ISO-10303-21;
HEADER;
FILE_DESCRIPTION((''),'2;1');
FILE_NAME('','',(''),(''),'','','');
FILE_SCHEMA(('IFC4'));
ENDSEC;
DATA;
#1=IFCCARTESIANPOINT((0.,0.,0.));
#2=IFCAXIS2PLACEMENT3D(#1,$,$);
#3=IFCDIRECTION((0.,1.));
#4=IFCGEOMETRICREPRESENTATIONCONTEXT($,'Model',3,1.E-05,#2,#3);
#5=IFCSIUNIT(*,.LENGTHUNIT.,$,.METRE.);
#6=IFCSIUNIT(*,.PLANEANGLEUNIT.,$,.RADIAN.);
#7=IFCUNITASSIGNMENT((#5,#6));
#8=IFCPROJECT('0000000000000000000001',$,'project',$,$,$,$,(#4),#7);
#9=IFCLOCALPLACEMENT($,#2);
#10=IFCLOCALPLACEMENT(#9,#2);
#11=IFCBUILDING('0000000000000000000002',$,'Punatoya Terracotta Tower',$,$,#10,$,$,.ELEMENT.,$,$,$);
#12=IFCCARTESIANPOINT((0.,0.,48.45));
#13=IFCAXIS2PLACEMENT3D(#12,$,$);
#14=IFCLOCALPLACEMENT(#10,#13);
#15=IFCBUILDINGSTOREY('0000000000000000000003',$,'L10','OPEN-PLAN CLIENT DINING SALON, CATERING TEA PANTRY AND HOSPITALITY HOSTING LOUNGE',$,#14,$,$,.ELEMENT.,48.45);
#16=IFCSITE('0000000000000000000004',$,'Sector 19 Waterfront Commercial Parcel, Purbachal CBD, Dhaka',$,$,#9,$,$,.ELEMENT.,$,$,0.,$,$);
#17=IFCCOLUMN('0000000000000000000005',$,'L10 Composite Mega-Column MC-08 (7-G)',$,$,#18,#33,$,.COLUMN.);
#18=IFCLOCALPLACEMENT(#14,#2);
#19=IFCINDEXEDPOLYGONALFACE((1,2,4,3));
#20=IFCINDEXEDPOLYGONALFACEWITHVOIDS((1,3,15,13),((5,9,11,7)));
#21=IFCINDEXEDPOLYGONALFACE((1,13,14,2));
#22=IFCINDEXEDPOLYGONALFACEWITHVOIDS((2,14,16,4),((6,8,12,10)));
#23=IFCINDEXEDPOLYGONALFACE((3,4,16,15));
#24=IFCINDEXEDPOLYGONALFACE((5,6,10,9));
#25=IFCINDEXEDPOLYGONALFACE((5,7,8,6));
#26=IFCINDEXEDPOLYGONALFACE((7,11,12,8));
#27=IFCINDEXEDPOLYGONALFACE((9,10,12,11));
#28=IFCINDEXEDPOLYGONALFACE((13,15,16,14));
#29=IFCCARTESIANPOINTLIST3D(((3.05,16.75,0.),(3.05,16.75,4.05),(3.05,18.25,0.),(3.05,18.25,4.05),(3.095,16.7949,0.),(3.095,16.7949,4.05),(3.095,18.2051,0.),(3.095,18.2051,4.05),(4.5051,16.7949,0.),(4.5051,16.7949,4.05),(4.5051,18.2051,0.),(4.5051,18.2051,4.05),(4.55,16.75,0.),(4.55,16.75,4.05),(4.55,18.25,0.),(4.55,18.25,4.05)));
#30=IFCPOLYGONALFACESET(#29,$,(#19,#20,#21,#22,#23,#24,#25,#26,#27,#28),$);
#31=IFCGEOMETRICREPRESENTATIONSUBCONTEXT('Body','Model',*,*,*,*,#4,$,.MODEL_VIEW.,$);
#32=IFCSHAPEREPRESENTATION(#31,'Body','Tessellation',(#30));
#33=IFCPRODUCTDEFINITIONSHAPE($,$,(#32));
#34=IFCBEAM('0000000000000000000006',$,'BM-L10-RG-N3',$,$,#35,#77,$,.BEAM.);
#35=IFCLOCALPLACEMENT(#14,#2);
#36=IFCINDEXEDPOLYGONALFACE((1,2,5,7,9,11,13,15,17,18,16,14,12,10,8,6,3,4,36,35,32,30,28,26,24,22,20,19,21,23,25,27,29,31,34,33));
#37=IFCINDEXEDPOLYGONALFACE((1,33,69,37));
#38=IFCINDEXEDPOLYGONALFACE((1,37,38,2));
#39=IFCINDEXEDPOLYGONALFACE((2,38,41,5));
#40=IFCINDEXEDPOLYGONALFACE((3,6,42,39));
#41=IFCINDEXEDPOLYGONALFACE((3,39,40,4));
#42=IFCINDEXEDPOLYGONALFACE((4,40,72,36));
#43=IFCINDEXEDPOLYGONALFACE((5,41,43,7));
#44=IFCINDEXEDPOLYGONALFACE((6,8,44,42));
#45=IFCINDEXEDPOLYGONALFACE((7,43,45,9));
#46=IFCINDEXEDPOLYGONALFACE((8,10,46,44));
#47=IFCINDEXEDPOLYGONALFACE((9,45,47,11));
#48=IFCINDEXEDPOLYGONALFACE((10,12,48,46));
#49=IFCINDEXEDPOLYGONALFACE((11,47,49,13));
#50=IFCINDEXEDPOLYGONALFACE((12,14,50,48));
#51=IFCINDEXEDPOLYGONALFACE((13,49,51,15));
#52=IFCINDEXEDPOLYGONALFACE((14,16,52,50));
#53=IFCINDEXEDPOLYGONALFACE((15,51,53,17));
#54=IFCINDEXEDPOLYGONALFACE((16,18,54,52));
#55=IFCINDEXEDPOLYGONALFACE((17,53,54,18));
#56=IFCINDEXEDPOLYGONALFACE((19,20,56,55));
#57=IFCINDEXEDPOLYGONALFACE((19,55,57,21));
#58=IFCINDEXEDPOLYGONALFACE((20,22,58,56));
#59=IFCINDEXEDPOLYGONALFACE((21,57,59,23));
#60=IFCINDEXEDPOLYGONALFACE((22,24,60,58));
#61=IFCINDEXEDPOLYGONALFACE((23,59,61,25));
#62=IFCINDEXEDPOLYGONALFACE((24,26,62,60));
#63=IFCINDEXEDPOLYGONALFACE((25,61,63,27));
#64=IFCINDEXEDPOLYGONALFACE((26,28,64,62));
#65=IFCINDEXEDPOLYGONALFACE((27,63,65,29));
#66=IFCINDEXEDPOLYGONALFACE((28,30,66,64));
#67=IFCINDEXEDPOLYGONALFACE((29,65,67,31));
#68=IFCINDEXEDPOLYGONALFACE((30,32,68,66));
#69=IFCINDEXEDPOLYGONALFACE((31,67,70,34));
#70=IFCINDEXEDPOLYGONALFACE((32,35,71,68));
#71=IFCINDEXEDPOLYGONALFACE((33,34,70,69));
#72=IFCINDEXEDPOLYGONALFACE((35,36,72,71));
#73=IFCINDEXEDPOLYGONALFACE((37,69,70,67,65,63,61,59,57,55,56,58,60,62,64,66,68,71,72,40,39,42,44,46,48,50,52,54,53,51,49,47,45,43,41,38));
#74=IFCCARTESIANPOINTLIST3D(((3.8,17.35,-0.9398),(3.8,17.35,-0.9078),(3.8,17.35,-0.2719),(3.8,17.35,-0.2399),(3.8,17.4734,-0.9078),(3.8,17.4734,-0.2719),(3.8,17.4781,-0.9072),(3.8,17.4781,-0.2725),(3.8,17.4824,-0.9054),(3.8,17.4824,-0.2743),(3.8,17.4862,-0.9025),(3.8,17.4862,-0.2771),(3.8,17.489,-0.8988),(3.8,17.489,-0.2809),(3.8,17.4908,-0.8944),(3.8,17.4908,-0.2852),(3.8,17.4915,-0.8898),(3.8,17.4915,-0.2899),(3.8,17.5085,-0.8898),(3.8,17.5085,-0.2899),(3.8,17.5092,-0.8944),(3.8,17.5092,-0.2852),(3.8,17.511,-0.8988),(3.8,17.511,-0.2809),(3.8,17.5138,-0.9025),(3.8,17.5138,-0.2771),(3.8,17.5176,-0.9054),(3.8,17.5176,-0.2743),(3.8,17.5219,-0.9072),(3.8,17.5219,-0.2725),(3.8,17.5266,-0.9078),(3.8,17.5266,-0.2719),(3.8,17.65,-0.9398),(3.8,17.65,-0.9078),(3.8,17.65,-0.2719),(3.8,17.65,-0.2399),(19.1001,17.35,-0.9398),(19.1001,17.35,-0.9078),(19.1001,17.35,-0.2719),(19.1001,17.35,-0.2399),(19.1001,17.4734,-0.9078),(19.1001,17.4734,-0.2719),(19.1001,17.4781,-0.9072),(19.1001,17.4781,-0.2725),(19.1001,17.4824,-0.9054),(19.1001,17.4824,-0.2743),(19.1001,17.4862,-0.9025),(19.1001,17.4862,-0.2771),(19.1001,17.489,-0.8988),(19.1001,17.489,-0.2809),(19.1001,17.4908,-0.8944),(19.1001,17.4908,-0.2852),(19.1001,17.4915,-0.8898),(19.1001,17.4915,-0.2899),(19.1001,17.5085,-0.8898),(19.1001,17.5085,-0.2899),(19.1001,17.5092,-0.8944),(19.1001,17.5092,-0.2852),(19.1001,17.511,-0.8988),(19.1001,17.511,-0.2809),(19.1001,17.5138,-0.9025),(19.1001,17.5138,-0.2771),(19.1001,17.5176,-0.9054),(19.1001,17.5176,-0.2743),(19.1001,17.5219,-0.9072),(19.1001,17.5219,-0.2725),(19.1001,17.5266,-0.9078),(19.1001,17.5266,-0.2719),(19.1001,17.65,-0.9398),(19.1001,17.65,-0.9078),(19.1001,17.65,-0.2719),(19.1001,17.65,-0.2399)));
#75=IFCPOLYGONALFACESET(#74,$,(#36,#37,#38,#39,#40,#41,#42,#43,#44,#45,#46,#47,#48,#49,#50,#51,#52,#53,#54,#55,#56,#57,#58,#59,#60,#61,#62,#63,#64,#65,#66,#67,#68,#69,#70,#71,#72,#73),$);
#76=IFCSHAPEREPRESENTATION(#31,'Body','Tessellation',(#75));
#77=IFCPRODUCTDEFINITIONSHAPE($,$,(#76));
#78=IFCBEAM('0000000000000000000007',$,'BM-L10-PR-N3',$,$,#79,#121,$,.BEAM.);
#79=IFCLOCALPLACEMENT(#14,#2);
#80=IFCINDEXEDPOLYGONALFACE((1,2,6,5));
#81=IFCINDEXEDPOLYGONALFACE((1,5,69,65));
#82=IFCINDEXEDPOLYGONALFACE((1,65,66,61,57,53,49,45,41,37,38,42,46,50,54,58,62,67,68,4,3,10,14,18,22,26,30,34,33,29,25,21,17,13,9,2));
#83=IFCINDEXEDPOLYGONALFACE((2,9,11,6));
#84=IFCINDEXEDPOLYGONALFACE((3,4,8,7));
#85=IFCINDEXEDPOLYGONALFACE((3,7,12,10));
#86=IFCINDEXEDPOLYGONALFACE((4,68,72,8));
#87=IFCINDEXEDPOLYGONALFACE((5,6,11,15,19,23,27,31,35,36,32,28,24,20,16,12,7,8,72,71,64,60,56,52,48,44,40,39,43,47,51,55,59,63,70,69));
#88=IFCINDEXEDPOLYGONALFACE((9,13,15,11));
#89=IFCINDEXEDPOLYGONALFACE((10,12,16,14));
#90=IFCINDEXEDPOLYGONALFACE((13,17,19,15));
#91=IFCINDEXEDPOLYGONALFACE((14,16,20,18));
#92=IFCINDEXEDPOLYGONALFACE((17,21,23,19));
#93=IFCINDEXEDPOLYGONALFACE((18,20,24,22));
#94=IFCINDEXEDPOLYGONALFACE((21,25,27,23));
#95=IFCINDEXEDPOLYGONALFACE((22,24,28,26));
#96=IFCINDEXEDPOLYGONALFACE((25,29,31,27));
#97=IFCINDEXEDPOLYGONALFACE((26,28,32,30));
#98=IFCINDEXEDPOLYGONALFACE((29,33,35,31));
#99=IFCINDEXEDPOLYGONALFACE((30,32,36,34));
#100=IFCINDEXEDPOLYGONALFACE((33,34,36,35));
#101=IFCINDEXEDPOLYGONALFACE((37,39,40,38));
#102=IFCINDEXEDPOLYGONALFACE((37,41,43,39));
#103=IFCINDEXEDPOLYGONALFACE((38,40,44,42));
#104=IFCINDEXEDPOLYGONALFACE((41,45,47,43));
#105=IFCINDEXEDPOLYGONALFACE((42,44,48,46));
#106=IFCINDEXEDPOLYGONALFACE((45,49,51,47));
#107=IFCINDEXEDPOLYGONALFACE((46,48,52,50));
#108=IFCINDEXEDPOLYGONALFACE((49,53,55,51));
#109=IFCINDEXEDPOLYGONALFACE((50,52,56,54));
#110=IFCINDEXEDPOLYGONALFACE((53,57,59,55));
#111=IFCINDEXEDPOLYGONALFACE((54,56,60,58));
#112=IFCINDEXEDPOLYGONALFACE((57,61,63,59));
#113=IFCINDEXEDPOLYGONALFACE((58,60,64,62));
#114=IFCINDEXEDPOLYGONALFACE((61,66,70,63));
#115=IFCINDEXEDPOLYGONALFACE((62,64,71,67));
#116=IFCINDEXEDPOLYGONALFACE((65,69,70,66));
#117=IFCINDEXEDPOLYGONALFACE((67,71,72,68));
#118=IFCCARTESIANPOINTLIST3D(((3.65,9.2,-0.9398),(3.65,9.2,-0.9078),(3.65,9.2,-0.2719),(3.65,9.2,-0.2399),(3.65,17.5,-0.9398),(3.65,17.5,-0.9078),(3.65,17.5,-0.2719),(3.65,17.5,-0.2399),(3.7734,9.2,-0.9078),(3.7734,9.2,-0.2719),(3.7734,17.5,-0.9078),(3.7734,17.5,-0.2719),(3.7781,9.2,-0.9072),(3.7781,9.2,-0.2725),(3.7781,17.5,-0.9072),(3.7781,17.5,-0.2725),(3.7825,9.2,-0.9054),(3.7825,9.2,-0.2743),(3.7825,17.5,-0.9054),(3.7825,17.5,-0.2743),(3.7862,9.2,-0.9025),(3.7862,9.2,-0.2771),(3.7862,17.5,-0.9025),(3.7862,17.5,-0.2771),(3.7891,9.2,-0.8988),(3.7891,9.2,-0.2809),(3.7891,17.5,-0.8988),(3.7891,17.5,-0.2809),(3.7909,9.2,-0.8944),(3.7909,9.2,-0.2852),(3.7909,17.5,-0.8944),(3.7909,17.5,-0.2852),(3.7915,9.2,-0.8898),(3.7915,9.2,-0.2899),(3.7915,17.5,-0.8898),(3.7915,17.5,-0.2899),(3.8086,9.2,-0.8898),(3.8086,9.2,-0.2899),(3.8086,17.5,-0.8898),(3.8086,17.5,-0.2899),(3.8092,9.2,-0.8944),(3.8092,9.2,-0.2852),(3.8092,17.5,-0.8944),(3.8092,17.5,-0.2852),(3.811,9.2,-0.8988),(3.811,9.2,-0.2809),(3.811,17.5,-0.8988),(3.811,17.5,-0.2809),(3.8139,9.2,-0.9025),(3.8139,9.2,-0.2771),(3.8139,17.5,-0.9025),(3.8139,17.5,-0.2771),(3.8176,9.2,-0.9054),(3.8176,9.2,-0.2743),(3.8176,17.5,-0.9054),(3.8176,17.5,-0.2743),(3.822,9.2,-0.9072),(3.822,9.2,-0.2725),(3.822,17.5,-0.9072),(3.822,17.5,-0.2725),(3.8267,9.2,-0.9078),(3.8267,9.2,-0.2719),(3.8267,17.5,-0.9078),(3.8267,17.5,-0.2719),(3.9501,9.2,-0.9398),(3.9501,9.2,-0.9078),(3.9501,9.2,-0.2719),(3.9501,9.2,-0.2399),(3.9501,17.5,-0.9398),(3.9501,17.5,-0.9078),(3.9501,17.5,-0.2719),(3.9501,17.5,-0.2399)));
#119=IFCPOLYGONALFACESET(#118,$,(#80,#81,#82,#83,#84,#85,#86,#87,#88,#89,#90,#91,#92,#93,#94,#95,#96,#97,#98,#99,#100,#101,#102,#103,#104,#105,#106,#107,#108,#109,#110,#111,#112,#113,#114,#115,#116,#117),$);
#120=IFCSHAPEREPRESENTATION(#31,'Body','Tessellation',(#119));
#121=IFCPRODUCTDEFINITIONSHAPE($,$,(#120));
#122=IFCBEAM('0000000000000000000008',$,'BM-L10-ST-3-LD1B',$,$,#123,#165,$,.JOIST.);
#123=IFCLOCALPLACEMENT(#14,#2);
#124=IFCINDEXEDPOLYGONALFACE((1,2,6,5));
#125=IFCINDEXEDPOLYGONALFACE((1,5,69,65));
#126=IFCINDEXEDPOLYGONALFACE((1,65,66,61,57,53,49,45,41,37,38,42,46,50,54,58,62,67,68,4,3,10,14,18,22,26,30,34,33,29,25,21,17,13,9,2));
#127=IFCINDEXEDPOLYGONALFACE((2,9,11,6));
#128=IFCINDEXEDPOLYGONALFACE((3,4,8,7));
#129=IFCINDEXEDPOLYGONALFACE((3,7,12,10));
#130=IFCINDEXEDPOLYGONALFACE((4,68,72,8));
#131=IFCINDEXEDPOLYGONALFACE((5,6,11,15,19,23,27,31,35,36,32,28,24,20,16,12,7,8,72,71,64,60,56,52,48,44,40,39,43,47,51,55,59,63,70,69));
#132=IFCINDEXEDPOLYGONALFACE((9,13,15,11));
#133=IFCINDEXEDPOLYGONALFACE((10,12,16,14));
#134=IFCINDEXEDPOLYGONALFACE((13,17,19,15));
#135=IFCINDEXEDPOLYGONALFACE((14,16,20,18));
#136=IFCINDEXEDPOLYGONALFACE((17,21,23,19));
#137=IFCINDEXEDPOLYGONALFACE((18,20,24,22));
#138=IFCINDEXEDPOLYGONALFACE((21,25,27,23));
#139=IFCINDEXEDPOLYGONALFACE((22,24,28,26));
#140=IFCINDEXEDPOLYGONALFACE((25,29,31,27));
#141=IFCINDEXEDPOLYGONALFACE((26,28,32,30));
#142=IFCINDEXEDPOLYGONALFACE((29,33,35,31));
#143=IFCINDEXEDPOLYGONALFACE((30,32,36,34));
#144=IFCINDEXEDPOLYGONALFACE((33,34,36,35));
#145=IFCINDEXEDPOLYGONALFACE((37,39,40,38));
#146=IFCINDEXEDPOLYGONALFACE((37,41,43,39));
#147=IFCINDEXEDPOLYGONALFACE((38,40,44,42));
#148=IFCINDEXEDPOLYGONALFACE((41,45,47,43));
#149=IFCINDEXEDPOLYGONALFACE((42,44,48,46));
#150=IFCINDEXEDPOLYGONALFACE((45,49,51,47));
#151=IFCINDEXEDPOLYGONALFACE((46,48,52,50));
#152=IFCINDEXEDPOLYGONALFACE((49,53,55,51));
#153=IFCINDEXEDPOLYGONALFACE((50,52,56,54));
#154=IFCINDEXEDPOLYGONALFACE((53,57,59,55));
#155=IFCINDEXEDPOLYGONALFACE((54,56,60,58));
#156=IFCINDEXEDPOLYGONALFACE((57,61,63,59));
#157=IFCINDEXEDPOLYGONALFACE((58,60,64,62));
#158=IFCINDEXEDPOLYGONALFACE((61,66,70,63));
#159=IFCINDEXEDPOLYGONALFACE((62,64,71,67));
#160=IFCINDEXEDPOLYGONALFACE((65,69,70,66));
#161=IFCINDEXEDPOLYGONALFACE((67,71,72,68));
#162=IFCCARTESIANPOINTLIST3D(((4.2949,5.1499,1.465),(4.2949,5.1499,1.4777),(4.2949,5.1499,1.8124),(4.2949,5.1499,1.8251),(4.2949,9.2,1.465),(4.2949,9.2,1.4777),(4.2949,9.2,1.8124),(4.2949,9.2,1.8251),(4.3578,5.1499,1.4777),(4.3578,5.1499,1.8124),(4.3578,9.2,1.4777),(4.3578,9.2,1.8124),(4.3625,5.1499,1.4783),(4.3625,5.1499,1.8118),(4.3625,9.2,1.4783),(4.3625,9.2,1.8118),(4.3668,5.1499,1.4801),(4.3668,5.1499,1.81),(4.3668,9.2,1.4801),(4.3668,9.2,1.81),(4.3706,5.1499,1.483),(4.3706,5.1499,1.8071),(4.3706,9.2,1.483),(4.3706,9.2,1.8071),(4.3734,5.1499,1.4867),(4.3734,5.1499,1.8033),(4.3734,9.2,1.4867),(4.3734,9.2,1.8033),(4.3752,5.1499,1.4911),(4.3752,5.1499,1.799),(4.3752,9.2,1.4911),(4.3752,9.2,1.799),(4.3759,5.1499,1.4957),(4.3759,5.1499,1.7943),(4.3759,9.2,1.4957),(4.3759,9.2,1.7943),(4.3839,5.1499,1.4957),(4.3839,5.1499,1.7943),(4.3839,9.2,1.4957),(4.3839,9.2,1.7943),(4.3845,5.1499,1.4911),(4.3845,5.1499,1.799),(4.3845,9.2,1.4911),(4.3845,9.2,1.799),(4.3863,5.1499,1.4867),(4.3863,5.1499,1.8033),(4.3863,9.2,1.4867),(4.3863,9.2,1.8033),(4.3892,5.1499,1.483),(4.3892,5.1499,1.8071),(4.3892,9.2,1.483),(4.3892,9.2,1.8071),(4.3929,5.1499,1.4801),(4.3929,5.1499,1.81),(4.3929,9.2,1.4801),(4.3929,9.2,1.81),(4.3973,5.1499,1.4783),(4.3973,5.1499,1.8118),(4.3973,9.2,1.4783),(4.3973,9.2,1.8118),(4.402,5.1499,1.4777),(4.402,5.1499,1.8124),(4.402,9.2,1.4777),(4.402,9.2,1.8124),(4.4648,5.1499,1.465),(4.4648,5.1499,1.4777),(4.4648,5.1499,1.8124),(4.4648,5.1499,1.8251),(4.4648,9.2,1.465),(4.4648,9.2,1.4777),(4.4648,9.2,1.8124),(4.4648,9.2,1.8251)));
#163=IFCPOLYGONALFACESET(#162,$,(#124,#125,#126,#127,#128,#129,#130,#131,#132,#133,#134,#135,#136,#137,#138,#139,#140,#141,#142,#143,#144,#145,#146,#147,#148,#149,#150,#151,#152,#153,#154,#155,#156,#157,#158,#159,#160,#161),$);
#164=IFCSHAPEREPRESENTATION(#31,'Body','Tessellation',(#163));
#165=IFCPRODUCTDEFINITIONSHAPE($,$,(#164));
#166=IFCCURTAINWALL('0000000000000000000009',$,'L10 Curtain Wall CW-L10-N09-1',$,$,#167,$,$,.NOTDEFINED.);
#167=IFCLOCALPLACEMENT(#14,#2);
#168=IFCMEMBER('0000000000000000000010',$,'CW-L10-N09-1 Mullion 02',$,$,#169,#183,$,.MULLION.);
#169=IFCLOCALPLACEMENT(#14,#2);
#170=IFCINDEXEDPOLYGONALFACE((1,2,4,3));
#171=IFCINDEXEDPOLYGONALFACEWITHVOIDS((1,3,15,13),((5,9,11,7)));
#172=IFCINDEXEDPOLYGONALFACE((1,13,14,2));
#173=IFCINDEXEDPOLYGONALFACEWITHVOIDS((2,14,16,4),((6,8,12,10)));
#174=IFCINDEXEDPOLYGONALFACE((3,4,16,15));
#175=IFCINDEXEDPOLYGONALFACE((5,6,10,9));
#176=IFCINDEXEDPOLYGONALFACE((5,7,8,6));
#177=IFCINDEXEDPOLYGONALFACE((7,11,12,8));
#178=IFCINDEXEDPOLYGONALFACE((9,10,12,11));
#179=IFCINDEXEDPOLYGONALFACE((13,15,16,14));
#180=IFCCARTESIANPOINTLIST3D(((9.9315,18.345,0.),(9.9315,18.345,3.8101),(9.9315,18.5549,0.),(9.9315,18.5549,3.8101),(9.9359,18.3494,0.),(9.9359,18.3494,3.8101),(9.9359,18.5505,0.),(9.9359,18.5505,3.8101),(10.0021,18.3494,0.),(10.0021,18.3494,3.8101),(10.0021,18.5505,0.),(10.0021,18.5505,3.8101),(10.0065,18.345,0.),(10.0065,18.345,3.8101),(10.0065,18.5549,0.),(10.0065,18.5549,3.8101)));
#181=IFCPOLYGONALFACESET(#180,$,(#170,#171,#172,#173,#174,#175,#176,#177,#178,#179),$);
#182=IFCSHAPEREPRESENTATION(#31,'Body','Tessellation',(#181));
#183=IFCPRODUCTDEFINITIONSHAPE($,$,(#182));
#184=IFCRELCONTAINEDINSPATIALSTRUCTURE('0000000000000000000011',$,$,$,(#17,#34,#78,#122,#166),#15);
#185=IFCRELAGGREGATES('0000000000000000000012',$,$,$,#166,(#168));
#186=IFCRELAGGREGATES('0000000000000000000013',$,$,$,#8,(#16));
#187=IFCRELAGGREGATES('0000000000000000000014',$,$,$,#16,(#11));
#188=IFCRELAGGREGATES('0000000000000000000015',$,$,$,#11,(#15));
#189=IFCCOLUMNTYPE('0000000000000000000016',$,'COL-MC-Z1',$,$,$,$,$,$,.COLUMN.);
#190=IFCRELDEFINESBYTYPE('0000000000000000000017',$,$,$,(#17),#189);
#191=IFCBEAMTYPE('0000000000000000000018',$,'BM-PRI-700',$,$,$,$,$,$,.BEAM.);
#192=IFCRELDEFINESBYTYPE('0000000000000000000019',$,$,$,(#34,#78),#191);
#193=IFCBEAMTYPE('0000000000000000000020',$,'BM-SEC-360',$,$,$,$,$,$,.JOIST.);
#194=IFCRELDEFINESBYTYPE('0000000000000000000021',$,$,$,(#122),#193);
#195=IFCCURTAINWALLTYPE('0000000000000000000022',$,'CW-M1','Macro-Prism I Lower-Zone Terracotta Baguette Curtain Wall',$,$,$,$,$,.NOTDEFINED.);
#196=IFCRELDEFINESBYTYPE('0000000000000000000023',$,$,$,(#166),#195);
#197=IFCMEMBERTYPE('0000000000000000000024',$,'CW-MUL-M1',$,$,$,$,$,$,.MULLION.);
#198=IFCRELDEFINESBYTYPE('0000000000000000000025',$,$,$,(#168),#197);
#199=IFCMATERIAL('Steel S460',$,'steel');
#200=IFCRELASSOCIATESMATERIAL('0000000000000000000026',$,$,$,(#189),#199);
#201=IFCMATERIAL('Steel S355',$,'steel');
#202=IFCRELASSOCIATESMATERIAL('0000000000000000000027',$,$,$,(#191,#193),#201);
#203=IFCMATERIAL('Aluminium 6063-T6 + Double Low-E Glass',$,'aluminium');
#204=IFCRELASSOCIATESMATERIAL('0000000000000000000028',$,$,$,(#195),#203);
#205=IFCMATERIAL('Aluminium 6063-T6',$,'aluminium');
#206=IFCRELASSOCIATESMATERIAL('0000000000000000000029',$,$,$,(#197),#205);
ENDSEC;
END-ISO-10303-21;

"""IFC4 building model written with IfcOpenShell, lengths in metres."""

from ifc_helpers import new_model, si_unit, direction, frame, origin, origin_2d, place, context, subcontext, project, spatial, hollow_rectangle, i_section, extrude, material, material_profile, profile_set, type_object, element, aggregate, save


model = new_model("IFC4")

# Units and contexts
model_context = context("Model", 3, precision=1e-05, world=origin(), true_north=direction((0.0, 1.0)))
body_context = subcontext(model_context, "Body", "Model", "MODEL_VIEW")
ifc_project = project(units=[si_unit("LENGTHUNIT", "METRE"), si_unit("PLANEANGLEUNIT", "RADIAN")], contexts=[model_context])

# Site, building, storey
site_placement = place(None, origin())
site = spatial("IfcSite", under=ifc_project, at=site_placement, Name="Sector 19 Waterfront Commercial Parcel, Purbachal CBD, Dhaka", CompositionType="ELEMENT", RefElevation=0.0)
building_placement = place(site_placement, origin())
building = spatial("IfcBuilding", under=site, at=building_placement, Name="Punatoya Terracotta Tower", CompositionType="ELEMENT")
storey_placement = place(building_placement, frame((0.0, 0.0, 48.45)))
storey = spatial("IfcBuildingStorey", under=building, at=storey_placement, Name="L10", Description="OPEN-PLAN CLIENT DINING SALON, CATERING TEA PANTRY AND HOSPITALITY HOSTING LOUNGE", CompositionType="ELEMENT", Elevation=48.45)

# Column
ifc_material_1 = material(Name="Steel S460", Category="steel")
ifc_material_profile_1 = material_profile(ifc_material_1, hollow_rectangle(XDim=1.5, YDim=1.5, WallThickness=0.0449, at=origin_2d()))
ifc_profile_set_1 = profile_set([ifc_material_profile_1], Name="Steel S460")
column_type = type_object("IfcColumnType", Name="COL-MC-Z1", PredefinedType="COLUMN", material=ifc_profile_set_1)
column_placement = place(storey_placement, frame((3.8, 17.5, 0.0), z_axis=(0.0, 0.0, 1.0), x_axis=(1.0, 0.0, 0.0)))
element("IfcColumn", 1, at=column_placement, inside=storey, type_object=column_type, Name="L10 Composite Mega-Column MC-08 (7-G)", PredefinedType="COLUMN", context=body_context, shape_type="SweptSolid", body=[
    extrude(hollow_rectangle(XDim=1.5, YDim=1.5, WallThickness=0.0449, at=origin_2d()), origin(), (0.0, 0.0, 1.0), 4.05),
])

# Beams
ifc_material_2 = material(Name="Steel S355", Category="steel")
ifc_material_profile_2 = material_profile(ifc_material_2, i_section(OverallWidth=0.3, OverallDepth=0.7, WebThickness=0.0171, FlangeThickness=0.032, FilletRadius=0.0181, at=origin_2d()))
ifc_profile_set_2 = profile_set([ifc_material_profile_2], Name="Steel S355")
beam_type_1 = type_object("IfcBeamType", Name="BM-PRI-700", PredefinedType="BEAM", material=ifc_profile_set_2)
beam_1_placement = place(storey_placement, frame((3.8, 17.5, -0.5898), z_axis=(1.0, 0.0, 0.0), x_axis=(0.0, 1.0, 0.0)))
element("IfcBeam", 2, at=beam_1_placement, inside=storey, type_object=beam_type_1, Name="BM-L10-RG-N3", PredefinedType="BEAM", context=body_context, shape_type="SweptSolid", body=[
    extrude(i_section(OverallWidth=0.3, OverallDepth=0.7, WebThickness=0.0171, FlangeThickness=0.032, FilletRadius=0.0181, at=origin_2d()), origin(), (0.0, 0.0, 1.0), 15.3),
])
beam_2_placement = place(storey_placement, frame((3.8, 9.2, -0.5898), z_axis=(0.0, 1.0, 0.0), x_axis=(-1.0, 0.0, 0.0)))
element("IfcBeam", 3, at=beam_2_placement, inside=storey, type_object=beam_type_1, Name="BM-L10-PR-N3", PredefinedType="BEAM", context=body_context, shape_type="SweptSolid", body=[
    extrude(i_section(OverallWidth=0.3, OverallDepth=0.7, WebThickness=0.0171, FlangeThickness=0.032, FilletRadius=0.0181, at=origin_2d()), origin(), (0.0, 0.0, 1.0), 8.3),
])
ifc_material_profile_3 = material_profile(ifc_material_2, i_section(OverallWidth=0.1699, OverallDepth=0.3601, WebThickness=0.0081, FlangeThickness=0.0127, FilletRadius=0.0181, at=origin_2d()))
ifc_profile_set_3 = profile_set([ifc_material_profile_3], Name="Steel S355")
beam_type_2 = type_object("IfcBeamType", Name="BM-SEC-360", PredefinedType="JOIST", material=ifc_profile_set_3)
beam_3_placement = place(storey_placement, frame((4.3799, 5.1499, 1.645), z_axis=(0.0, 1.0, 0.0), x_axis=(-1.0, 0.0, 0.0)))
element("IfcBeam", 4, at=beam_3_placement, inside=storey, type_object=beam_type_2, Name="BM-L10-ST-3-LD1B", PredefinedType="JOIST", context=body_context, shape_type="SweptSolid", body=[
    extrude(i_section(OverallWidth=0.1699, OverallDepth=0.3601, WebThickness=0.0081, FlangeThickness=0.0127, FilletRadius=0.0181, at=origin_2d()), origin(), (0.0, 0.0, 1.0), 4.05),
])

# Curtain wall, member
ifc_material_3 = material(Name="Aluminium 6063-T6 + Double Low-E Glass", Category="aluminium")
curtain_wall_type = type_object("IfcCurtainWallType", Name="CW-M1", Description="Macro-Prism I Lower-Zone Terracotta Baguette Curtain Wall", PredefinedType="NOTDEFINED", material=ifc_material_3)
curtain_wall_placement = place(storey_placement, origin())
curtain_wall = element("IfcCurtainWall", 5, at=curtain_wall_placement, inside=storey, type_object=curtain_wall_type, Name="L10 Curtain Wall CW-L10-N09-1", PredefinedType="NOTDEFINED")
ifc_material_4 = material(Name="Aluminium 6063-T6", Category="aluminium")
ifc_material_profile_4 = material_profile(ifc_material_4, hollow_rectangle(XDim=0.075, YDim=0.21, WallThickness=0.0044, at=origin_2d()))
ifc_profile_set_4 = profile_set([ifc_material_profile_4], Name="Aluminium 6063-T6")
member_type = type_object("IfcMemberType", Name="CW-MUL-M1", PredefinedType="MULLION", material=ifc_profile_set_4)
member_1_placement = place(storey_placement, frame((9.969, 18.45, 0.0), z_axis=(0.0, 0.0, 1.0), x_axis=(1.0, 0.0, 0.0)))
member_1 = element("IfcMember", 6, at=member_1_placement, type_object=member_type, Name="CW-L10-N09-1 Mullion 02", PredefinedType="MULLION", context=body_context, shape_type="SweptSolid", body=[
    extrude(hollow_rectangle(XDim=0.075, YDim=0.21, WallThickness=0.0044, at=origin_2d()), origin(), (0.0, 0.0, 1.0), 3.8101),
])
aggregate(curtain_wall, [member_1])

save(model, "model.ifc")
